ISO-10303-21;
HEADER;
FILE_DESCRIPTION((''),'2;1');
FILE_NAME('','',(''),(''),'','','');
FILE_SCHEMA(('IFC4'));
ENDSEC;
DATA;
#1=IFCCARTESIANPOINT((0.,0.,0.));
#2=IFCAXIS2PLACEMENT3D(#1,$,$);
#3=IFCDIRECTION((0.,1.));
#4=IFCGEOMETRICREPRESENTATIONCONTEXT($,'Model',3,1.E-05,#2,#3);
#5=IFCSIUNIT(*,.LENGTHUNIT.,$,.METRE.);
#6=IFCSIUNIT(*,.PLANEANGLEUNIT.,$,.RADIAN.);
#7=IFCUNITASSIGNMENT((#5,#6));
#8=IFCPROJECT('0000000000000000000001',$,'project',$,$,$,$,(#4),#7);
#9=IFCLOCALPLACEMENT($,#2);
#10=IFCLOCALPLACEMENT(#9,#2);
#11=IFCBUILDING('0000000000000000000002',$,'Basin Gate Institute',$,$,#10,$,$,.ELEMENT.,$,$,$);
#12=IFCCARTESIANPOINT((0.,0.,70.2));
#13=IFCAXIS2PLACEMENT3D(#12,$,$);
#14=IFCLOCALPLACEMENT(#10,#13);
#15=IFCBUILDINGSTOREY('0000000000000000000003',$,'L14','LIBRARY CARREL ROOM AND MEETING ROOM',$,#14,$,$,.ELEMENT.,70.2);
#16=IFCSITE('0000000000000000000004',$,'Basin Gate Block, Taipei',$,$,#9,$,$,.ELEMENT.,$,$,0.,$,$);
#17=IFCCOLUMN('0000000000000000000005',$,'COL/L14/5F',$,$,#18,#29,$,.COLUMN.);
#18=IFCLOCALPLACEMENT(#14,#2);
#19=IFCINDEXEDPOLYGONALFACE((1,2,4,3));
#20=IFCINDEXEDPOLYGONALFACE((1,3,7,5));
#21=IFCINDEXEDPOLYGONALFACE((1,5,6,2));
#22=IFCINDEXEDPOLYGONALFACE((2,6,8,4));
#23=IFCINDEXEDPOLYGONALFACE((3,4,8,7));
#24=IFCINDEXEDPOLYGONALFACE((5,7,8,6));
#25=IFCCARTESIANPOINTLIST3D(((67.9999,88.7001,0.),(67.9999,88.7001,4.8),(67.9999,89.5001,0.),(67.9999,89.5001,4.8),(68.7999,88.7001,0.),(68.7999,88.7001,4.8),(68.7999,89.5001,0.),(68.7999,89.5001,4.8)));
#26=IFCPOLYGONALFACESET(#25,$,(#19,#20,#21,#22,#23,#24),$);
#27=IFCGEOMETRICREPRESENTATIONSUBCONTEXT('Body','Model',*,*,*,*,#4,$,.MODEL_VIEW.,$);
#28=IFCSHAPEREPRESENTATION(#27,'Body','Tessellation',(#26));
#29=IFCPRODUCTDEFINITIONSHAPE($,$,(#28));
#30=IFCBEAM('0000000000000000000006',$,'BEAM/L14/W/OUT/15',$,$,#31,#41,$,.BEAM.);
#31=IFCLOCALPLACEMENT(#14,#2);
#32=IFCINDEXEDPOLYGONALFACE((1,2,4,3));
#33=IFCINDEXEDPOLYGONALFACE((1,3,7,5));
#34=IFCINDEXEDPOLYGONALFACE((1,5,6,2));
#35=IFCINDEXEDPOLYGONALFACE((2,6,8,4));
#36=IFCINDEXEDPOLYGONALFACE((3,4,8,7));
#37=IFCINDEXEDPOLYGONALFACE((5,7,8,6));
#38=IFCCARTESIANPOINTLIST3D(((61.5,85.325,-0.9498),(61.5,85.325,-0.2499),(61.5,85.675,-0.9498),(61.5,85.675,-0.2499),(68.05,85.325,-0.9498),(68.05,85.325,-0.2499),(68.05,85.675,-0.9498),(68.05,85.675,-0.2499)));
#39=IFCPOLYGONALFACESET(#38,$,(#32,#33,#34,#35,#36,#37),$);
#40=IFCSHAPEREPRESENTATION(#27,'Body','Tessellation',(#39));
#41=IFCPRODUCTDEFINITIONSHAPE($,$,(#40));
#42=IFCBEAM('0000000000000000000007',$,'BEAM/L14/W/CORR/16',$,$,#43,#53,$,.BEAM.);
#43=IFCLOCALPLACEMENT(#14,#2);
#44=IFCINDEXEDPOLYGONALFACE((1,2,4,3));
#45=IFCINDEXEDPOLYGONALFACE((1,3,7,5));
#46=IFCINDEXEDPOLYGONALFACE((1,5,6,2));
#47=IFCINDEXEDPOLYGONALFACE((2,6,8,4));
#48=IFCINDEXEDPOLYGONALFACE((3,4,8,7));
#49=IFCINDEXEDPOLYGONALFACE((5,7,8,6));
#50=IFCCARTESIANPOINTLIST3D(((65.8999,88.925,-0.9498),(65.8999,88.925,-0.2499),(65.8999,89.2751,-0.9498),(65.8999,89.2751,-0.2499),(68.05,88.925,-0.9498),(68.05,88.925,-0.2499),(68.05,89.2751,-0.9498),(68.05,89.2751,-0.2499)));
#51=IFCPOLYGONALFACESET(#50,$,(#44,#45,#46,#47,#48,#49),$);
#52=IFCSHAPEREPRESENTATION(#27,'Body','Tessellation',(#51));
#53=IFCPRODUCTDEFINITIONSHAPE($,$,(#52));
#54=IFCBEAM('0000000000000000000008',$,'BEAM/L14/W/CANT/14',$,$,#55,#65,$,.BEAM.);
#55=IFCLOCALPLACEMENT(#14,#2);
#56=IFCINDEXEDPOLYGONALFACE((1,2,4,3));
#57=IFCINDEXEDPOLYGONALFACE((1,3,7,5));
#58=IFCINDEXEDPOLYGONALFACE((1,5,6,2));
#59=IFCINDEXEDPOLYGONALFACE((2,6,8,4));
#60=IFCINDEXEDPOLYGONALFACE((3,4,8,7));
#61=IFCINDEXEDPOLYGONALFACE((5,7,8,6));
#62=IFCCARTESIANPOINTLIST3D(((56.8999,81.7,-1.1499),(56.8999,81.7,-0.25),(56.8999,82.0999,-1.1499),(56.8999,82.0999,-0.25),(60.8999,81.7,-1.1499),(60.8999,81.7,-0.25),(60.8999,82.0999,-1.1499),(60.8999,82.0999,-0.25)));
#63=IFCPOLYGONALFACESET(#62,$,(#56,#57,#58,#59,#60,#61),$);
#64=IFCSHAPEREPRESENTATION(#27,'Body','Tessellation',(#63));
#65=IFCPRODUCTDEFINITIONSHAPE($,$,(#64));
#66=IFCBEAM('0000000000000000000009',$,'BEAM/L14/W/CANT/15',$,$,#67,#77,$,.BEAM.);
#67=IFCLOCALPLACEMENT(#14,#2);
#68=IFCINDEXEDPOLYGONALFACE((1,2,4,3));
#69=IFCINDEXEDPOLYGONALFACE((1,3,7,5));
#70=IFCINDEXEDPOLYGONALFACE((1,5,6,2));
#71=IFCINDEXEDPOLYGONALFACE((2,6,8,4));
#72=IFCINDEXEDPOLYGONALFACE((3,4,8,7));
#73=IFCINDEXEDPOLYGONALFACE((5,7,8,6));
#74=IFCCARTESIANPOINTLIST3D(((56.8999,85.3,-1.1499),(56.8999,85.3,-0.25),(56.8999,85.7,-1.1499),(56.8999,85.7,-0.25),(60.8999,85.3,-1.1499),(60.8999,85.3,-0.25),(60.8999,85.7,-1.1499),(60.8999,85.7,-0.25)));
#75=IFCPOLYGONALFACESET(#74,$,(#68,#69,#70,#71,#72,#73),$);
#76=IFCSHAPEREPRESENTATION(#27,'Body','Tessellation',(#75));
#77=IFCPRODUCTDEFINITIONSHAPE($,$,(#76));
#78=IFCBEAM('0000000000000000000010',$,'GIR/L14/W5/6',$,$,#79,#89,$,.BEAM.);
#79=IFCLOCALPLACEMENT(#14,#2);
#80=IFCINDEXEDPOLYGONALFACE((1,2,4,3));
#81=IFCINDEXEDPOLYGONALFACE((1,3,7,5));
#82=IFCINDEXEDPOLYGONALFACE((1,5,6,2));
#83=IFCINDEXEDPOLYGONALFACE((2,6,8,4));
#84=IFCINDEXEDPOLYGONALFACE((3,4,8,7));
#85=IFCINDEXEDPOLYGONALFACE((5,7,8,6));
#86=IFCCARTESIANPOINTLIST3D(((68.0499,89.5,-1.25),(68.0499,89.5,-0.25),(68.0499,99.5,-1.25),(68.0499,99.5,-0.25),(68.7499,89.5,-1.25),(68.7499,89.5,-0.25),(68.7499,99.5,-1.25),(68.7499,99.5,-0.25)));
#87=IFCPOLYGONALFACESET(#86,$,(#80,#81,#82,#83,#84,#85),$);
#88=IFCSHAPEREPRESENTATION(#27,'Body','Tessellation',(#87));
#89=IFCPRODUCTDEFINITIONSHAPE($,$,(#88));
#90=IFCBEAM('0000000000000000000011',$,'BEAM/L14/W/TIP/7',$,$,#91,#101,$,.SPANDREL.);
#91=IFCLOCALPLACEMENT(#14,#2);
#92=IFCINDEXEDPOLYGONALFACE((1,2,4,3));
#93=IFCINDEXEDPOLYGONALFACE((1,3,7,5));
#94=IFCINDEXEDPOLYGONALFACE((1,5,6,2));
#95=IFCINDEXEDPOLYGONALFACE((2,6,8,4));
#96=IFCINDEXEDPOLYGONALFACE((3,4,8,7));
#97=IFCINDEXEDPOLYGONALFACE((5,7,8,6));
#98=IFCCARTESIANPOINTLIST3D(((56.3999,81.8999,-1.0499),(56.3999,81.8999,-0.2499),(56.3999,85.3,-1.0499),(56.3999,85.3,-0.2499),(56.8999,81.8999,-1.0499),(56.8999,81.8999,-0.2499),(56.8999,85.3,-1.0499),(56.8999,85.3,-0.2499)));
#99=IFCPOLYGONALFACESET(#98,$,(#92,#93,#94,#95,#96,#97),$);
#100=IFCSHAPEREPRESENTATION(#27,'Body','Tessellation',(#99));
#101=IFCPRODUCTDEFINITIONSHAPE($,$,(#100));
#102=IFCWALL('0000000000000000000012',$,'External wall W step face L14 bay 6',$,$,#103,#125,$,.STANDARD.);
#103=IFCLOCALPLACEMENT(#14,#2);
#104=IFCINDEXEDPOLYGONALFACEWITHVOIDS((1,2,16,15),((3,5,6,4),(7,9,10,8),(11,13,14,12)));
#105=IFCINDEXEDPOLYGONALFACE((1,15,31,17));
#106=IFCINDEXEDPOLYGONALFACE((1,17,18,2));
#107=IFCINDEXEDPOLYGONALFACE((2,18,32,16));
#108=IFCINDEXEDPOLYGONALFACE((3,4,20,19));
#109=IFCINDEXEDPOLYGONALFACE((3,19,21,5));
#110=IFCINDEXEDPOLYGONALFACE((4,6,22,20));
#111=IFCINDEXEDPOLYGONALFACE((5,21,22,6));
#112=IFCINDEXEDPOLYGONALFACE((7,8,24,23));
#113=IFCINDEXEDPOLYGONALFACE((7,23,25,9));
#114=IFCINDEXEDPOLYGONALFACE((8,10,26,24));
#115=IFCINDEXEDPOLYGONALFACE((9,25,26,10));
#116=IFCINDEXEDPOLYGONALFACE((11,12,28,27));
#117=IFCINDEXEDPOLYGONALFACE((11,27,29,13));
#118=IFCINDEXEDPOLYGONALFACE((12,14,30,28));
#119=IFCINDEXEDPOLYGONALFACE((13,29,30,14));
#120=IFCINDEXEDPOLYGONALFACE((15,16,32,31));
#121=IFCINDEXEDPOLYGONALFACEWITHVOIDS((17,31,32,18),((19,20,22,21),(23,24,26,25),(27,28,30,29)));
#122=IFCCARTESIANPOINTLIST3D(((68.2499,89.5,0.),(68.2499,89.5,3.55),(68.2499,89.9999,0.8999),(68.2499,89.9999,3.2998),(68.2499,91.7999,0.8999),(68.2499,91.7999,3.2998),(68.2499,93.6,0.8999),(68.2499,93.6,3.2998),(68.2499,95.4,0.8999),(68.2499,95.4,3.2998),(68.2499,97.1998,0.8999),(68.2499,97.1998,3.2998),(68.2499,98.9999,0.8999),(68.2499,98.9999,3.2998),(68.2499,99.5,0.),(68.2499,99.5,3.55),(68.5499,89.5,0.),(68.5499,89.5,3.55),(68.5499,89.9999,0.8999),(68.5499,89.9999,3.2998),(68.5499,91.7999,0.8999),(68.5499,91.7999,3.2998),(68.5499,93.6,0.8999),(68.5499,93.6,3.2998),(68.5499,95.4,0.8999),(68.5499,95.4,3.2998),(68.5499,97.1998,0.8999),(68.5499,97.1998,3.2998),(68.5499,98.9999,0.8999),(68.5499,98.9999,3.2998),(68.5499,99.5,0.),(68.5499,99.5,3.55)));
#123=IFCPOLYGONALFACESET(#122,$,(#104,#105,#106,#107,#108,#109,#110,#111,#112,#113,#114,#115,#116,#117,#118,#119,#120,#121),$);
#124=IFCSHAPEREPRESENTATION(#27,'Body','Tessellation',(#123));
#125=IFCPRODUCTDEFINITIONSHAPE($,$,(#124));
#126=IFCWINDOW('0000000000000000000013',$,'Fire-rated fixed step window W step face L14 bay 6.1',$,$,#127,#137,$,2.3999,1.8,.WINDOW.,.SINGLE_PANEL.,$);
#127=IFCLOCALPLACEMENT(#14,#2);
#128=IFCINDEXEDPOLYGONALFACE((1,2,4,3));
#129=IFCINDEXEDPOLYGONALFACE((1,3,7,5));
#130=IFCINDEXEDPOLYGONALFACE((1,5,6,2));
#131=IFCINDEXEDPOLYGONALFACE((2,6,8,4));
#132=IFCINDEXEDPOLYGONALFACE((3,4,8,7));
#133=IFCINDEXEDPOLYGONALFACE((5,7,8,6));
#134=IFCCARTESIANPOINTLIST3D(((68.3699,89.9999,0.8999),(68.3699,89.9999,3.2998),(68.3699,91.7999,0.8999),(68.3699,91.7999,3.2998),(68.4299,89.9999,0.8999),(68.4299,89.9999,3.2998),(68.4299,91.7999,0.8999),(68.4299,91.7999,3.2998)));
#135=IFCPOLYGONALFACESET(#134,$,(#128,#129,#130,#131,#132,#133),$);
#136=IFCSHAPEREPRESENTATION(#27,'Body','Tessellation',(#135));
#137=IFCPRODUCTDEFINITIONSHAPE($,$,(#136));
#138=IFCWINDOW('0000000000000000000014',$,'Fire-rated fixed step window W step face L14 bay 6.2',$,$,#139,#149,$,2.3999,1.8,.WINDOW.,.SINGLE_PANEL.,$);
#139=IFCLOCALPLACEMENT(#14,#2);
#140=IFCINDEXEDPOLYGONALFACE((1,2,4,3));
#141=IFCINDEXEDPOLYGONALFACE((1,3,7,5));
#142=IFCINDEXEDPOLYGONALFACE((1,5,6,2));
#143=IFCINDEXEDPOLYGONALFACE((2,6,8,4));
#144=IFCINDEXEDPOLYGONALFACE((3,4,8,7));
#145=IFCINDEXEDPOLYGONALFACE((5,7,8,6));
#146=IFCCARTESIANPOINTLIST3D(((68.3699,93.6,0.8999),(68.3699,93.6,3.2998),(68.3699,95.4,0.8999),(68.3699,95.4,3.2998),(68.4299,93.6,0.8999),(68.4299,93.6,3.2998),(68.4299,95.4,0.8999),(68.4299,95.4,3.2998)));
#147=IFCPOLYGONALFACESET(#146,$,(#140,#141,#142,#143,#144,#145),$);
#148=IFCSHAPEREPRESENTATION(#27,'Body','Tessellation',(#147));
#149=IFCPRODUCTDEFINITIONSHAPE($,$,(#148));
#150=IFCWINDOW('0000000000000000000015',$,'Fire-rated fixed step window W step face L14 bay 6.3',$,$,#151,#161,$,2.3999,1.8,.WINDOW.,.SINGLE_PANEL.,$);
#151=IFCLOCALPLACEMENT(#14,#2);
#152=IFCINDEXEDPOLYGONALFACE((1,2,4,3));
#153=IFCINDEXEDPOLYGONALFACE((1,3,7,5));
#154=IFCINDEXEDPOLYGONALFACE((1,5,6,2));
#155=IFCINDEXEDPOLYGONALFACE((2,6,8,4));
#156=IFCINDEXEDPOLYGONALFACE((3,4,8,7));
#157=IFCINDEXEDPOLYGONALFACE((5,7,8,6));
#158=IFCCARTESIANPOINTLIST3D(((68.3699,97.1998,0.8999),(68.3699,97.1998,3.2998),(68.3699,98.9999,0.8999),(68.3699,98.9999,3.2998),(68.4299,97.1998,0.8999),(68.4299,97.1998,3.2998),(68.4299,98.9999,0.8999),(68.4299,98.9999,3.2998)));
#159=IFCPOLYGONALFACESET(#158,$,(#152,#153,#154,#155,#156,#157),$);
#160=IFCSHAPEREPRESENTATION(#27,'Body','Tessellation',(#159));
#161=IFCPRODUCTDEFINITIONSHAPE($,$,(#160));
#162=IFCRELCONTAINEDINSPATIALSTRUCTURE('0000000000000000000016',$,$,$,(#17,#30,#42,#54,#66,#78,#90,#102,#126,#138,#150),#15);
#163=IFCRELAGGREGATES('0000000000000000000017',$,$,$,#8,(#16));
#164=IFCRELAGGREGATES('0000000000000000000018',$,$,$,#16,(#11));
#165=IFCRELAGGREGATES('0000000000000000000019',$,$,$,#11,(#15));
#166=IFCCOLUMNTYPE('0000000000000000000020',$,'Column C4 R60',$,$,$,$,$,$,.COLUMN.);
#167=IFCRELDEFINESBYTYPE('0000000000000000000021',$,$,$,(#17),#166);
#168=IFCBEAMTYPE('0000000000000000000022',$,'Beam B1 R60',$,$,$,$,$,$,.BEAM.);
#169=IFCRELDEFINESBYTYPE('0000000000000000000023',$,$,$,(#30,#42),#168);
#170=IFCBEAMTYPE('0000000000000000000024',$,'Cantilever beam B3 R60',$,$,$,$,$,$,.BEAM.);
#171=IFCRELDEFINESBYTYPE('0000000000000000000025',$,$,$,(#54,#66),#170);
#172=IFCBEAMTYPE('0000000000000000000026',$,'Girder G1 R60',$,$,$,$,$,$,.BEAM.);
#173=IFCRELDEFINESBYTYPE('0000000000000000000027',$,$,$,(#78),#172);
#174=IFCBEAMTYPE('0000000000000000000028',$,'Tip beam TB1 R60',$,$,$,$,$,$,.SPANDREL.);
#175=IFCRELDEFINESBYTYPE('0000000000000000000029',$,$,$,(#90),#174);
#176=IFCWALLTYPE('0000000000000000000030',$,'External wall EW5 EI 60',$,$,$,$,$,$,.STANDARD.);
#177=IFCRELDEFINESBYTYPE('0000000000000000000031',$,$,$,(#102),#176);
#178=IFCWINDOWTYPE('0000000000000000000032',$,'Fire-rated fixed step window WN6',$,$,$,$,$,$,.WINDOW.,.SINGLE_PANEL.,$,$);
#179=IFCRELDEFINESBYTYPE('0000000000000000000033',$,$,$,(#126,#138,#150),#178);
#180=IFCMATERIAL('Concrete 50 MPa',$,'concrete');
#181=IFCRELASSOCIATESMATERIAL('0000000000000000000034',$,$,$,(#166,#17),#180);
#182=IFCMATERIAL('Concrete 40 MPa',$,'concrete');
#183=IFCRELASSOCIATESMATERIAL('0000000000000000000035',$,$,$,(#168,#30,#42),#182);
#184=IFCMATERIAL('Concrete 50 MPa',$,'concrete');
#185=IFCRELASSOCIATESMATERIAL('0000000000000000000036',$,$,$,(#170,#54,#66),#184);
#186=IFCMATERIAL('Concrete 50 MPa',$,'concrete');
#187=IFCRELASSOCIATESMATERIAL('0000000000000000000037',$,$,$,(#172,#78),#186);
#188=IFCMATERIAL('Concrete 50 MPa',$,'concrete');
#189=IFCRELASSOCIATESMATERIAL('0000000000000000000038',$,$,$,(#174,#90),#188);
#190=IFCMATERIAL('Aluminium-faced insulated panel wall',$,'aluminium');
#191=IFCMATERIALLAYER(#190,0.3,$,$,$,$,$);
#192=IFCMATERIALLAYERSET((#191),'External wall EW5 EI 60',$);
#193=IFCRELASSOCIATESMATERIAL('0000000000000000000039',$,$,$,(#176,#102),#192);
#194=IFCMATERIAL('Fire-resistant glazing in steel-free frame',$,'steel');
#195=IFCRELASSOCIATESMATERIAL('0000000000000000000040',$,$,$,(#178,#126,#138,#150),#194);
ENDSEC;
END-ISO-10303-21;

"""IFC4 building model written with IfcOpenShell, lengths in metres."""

from ifc_helpers import new_model, si_unit, direction, frame, frame_2d, origin, origin_2d, place, context, subcontext, project, spatial, rectangle, extrude, material, layer, layer_set, material_profile, profile_set, type_object, element, fill, save


model = new_model("IFC4")

# Units and contexts
model_context = context("Model", 3, precision=1e-05, world=origin(), true_north=direction((0.0, 1.0)))
body_context = subcontext(model_context, "Body", "Model", "MODEL_VIEW")
ifc_project = project(units=[si_unit("LENGTHUNIT", "METRE"), si_unit("PLANEANGLEUNIT", "RADIAN")], contexts=[model_context])

# Site, building, storey
site_placement = place(None, origin())
site = spatial("IfcSite", under=ifc_project, at=site_placement, Name="Basin Gate Block, Taipei", CompositionType="ELEMENT", RefElevation=0.0)
building_placement = place(site_placement, origin())
building = spatial("IfcBuilding", under=site, at=building_placement, Name="Basin Gate Institute", CompositionType="ELEMENT")
storey_placement = place(building_placement, frame((0.0, 0.0, 70.2)))
storey = spatial("IfcBuildingStorey", under=building, at=storey_placement, Name="L14", Description="LIBRARY CARREL ROOM AND MEETING ROOM", CompositionType="ELEMENT", Elevation=70.2)

# Column
ifc_material_1 = material(Name="Concrete 50 MPa", Category="concrete")
ifc_material_profile_1 = material_profile(ifc_material_1, rectangle(XDim=0.8, YDim=0.8, at=origin_2d()), Name="Column C4 800 x 800")
ifc_profile_set_1 = profile_set([ifc_material_profile_1], Name="Concrete 50 MPa")
column_type = type_object("IfcColumnType", Name="Column C4 R60", PredefinedType="COLUMN", material=ifc_profile_set_1)
column_placement = place(storey_placement, frame((68.3999, 89.1001, 0.0), z_axis=(0.0, 0.0, 1.0), x_axis=(1.0, 0.0, 0.0)))
element("IfcColumn", 1, at=column_placement, inside=storey, type_object=column_type, material=ifc_profile_set_1, Name="COL/L14/5F", PredefinedType="COLUMN", context=body_context, shape_type="SweptSolid", body=[
    extrude(rectangle(XDim=0.8, YDim=0.8, at=origin_2d()), origin(), (0.0, 0.0, 1.0), 4.8),
])

# Beams
ifc_material_2 = material(Name="Concrete 40 MPa", Category="concrete")
ifc_material_profile_2 = material_profile(ifc_material_2, rectangle(XDim=0.3501, YDim=0.7, at=origin_2d()), Name="Beam B1 350 x 700")
ifc_profile_set_2 = profile_set([ifc_material_profile_2], Name="Concrete 40 MPa")
beam_type_1 = type_object("IfcBeamType", Name="Beam B1 R60", PredefinedType="BEAM", material=ifc_profile_set_2)
beam_1_placement = place(storey_placement, frame((61.5, 85.5, -0.5999), z_axis=(1.0, 0.0, 0.0), x_axis=(0.0, 1.0, 0.0)))
element("IfcBeam", 2, at=beam_1_placement, inside=storey, type_object=beam_type_1, material=ifc_profile_set_2, Name="BEAM/L14/W/OUT/15", PredefinedType="BEAM", context=body_context, shape_type="SweptSolid", body=[
    extrude(rectangle(XDim=0.3501, YDim=0.7, at=origin_2d()), origin(), (0.0, 0.0, 1.0), 6.55),
])
beam_2_placement = place(storey_placement, frame((65.8999, 89.1001, -0.5999), z_axis=(1.0, 0.0, 0.0), x_axis=(0.0, 1.0, 0.0)))
element("IfcBeam", 3, at=beam_2_placement, inside=storey, type_object=beam_type_1, material=ifc_profile_set_2, Name="BEAM/L14/W/CORR/16", PredefinedType="BEAM", context=body_context, shape_type="SweptSolid", body=[
    extrude(rectangle(XDim=0.3501, YDim=0.7, at=origin_2d()), origin(), (0.0, 0.0, 1.0), 2.1501),
])
ifc_material_3 = material(Name="Concrete 50 MPa", Category="concrete")
ifc_material_profile_3 = material_profile(ifc_material_3, rectangle(XDim=0.3999, YDim=0.8999, at=origin_2d()), Name="Cantilever beam B3 400 x 900")
ifc_profile_set_3 = profile_set([ifc_material_profile_3], Name="Concrete 50 MPa")
beam_type_2 = type_object("IfcBeamType", Name="Cantilever beam B3 R60", PredefinedType="BEAM", material=ifc_profile_set_3)
for number, where, z_axis, x_axis, name in (
    (4, (56.8999, 81.8999, -0.7), (1.0, 0.0, 0.0), (0.0, 1.0, 0.0), "BEAM/L14/W/CANT/14"),
    (5, (56.8999, 85.5, -0.7), (1.0, 0.0, 0.0), (0.0, 1.0, 0.0), "BEAM/L14/W/CANT/15"),
):
    element("IfcBeam", number, at=place(storey_placement, frame(where, z_axis=z_axis, x_axis=x_axis)), inside=storey, type_object=beam_type_2, material=ifc_profile_set_3, Name=name, PredefinedType="BEAM", context=body_context, shape_type="SweptSolid", body=[
        extrude(rectangle(XDim=0.3999, YDim=0.8999, at=origin_2d()), origin(), (0.0, 0.0, 1.0), 4.0),
    ])
ifc_material_4 = material(Name="Concrete 50 MPa", Category="concrete")
ifc_material_profile_4 = material_profile(ifc_material_4, rectangle(XDim=0.7, YDim=1.0, at=origin_2d()), Name="Girder G1 700 x 1000")
ifc_profile_set_4 = profile_set([ifc_material_profile_4], Name="Concrete 50 MPa")
beam_type_3 = type_object("IfcBeamType", Name="Girder G1 R60", PredefinedType="BEAM", material=ifc_profile_set_4)
beam_3_placement = place(storey_placement, frame((68.3999, 89.5, -0.75), z_axis=(0.0, 1.0, 0.0), x_axis=(-1.0, 0.0, 0.0)))
element("IfcBeam", 6, at=beam_3_placement, inside=storey, type_object=beam_type_3, material=ifc_profile_set_4, Name="GIR/L14/W5/6", PredefinedType="BEAM", context=body_context, shape_type="SweptSolid", body=[
    extrude(rectangle(XDim=0.7, YDim=1.0, at=origin_2d()), origin(), (0.0, 0.0, 1.0), 10.0),
])
ifc_material_5 = material(Name="Concrete 50 MPa", Category="concrete")
ifc_material_profile_5 = material_profile(ifc_material_5, rectangle(XDim=0.5, YDim=0.8, at=origin_2d()), Name="Tip beam TB1 500 x 800")
ifc_profile_set_5 = profile_set([ifc_material_profile_5], Name="Concrete 50 MPa")
beam_type_4 = type_object("IfcBeamType", Name="Tip beam TB1 R60", PredefinedType="SPANDREL", material=ifc_profile_set_5)
beam_4_placement = place(storey_placement, frame((56.6499, 81.8999, -0.6499), z_axis=(0.0, 1.0, 0.0), x_axis=(-1.0, 0.0, 0.0)))
element("IfcBeam", 7, at=beam_4_placement, inside=storey, type_object=beam_type_4, material=ifc_profile_set_5, Name="BEAM/L14/W/TIP/7", PredefinedType="SPANDREL", context=body_context, shape_type="SweptSolid", body=[
    extrude(rectangle(XDim=0.5, YDim=0.8, at=origin_2d()), origin(), (0.0, 0.0, 1.0), 3.4001),
])

# Wall, openings, windows
ifc_material_6 = material(Name="Aluminium-faced insulated panel wall", Category="aluminium")
ifc_layer_1 = layer(ifc_material_6, 0.3)
ifc_layer_set_1 = layer_set([ifc_layer_1], Name="External wall EW5 EI 60")
wall_type_1 = type_object("IfcWallType", Name="External wall EW5 EI 60", PredefinedType="STANDARD", material=ifc_layer_set_1)
wall_1_placement = place(storey_placement, frame((68.3999, 89.5, 0.0), z_axis=(0.0, 0.0, 1.0), x_axis=(0.0, 1.0, 0.0)))
wall_1 = element("IfcWall", 8, at=wall_1_placement, inside=storey, type_object=wall_type_1, material=ifc_layer_set_1, Name="External wall W step face L14 bay 6", PredefinedType="STANDARD", context=body_context, shape_type="SweptSolid", body=[
    extrude(rectangle(XDim=10.0, YDim=0.3, at=frame_2d((5.0, 0.0))), origin(), (0.0, 0.0, 1.0), 3.55),
])
opening_1_placement = place(wall_1_placement, frame((0.5, 0.0, 0.8999)))
opening_1 = element("IfcOpeningElement", 9, at=opening_1_placement, cuts=wall_1, PredefinedType="OPENING", context=body_context, shape_type="SweptSolid", body=[
    extrude(rectangle(XDim=1.8, YDim=2.3999, at=frame_2d((0.8999, 1.2))), frame((0.0, 0.1602, 0.0), z_axis=(0.0, -1.0, 0.0), x_axis=(1.0, 0.0, 0.0)), (0.0, 0.0, 1.0), 0.3201),
])
opening_2_placement = place(wall_1_placement, frame((4.1001, 0.0, 0.8999)))
opening_2 = element("IfcOpeningElement", 10, at=opening_2_placement, cuts=wall_1, PredefinedType="OPENING", context=body_context, shape_type="SweptSolid", body=[
    extrude(rectangle(XDim=1.8, YDim=2.3999, at=frame_2d((0.8999, 1.2))), frame((0.0, 0.1602, 0.0), z_axis=(0.0, -1.0, 0.0), x_axis=(1.0, 0.0, 0.0)), (0.0, 0.0, 1.0), 0.3201),
])
opening_3_placement = place(wall_1_placement, frame((7.7, 0.0, 0.8999)))
opening_3 = element("IfcOpeningElement", 11, at=opening_3_placement, cuts=wall_1, PredefinedType="OPENING", context=body_context, shape_type="SweptSolid", body=[
    extrude(rectangle(XDim=1.8, YDim=2.3999, at=frame_2d((0.8999, 1.2))), frame((0.0, 0.1602, 0.0), z_axis=(0.0, -1.0, 0.0), x_axis=(1.0, 0.0, 0.0)), (0.0, 0.0, 1.0), 0.3201),
])
ifc_material_7 = material(Name="Fire-resistant glazing in steel-free frame", Category="steel")
window_type_1 = type_object("IfcWindowType", Name="Fire-rated fixed step window WN6", PartitioningType="SINGLE_PANEL", PredefinedType="WINDOW", material=ifc_material_7)
window_1_placement = place(opening_1_placement, origin())
window_1 = element("IfcWindow", 12, at=window_1_placement, inside=storey, type_object=window_type_1, material=ifc_material_7, Name="Fire-rated fixed step window W step face L14 bay 6.1", OverallHeight=2.3999, OverallWidth=1.8, PartitioningType="SINGLE_PANEL", PredefinedType="WINDOW", context=body_context, shape_type="SweptSolid", body=[
    extrude(rectangle(XDim=1.8, YDim=2.3999, at=frame_2d((0.8999, 1.2))), frame((0.0, 0.03, 0.0), z_axis=(0.0, -1.0, 0.0), x_axis=(1.0, 0.0, 0.0)), (0.0, 0.0, 1.0), 0.0601),
])
fill(opening_1, window_1)
window_2_placement = place(opening_2_placement, origin())
window_2 = element("IfcWindow", 13, at=window_2_placement, inside=storey, type_object=window_type_1, material=ifc_material_7, Name="Fire-rated fixed step window W step face L14 bay 6.2", OverallHeight=2.3999, OverallWidth=1.8, PartitioningType="SINGLE_PANEL", PredefinedType="WINDOW", context=body_context, shape_type="SweptSolid", body=[
    extrude(rectangle(XDim=1.8, YDim=2.3999, at=frame_2d((0.8999, 1.2))), frame((0.0, 0.03, 0.0), z_axis=(0.0, -1.0, 0.0), x_axis=(1.0, 0.0, 0.0)), (0.0, 0.0, 1.0), 0.0601),
])
fill(opening_2, window_2)
window_3_placement = place(opening_3_placement, origin())
window_3 = element("IfcWindow", 14, at=window_3_placement, inside=storey, type_object=window_type_1, material=ifc_material_7, Name="Fire-rated fixed step window W step face L14 bay 6.3", OverallHeight=2.3999, OverallWidth=1.8, PartitioningType="SINGLE_PANEL", PredefinedType="WINDOW", context=body_context, shape_type="SweptSolid", body=[
    extrude(rectangle(XDim=1.8, YDim=2.3999, at=frame_2d((0.8999, 1.2))), frame((0.0, 0.03, 0.0), z_axis=(0.0, -1.0, 0.0), x_axis=(1.0, 0.0, 0.0)), (0.0, 0.0, 1.0), 0.0601),
])
fill(opening_3, window_3)

save(model, "model.ifc")
